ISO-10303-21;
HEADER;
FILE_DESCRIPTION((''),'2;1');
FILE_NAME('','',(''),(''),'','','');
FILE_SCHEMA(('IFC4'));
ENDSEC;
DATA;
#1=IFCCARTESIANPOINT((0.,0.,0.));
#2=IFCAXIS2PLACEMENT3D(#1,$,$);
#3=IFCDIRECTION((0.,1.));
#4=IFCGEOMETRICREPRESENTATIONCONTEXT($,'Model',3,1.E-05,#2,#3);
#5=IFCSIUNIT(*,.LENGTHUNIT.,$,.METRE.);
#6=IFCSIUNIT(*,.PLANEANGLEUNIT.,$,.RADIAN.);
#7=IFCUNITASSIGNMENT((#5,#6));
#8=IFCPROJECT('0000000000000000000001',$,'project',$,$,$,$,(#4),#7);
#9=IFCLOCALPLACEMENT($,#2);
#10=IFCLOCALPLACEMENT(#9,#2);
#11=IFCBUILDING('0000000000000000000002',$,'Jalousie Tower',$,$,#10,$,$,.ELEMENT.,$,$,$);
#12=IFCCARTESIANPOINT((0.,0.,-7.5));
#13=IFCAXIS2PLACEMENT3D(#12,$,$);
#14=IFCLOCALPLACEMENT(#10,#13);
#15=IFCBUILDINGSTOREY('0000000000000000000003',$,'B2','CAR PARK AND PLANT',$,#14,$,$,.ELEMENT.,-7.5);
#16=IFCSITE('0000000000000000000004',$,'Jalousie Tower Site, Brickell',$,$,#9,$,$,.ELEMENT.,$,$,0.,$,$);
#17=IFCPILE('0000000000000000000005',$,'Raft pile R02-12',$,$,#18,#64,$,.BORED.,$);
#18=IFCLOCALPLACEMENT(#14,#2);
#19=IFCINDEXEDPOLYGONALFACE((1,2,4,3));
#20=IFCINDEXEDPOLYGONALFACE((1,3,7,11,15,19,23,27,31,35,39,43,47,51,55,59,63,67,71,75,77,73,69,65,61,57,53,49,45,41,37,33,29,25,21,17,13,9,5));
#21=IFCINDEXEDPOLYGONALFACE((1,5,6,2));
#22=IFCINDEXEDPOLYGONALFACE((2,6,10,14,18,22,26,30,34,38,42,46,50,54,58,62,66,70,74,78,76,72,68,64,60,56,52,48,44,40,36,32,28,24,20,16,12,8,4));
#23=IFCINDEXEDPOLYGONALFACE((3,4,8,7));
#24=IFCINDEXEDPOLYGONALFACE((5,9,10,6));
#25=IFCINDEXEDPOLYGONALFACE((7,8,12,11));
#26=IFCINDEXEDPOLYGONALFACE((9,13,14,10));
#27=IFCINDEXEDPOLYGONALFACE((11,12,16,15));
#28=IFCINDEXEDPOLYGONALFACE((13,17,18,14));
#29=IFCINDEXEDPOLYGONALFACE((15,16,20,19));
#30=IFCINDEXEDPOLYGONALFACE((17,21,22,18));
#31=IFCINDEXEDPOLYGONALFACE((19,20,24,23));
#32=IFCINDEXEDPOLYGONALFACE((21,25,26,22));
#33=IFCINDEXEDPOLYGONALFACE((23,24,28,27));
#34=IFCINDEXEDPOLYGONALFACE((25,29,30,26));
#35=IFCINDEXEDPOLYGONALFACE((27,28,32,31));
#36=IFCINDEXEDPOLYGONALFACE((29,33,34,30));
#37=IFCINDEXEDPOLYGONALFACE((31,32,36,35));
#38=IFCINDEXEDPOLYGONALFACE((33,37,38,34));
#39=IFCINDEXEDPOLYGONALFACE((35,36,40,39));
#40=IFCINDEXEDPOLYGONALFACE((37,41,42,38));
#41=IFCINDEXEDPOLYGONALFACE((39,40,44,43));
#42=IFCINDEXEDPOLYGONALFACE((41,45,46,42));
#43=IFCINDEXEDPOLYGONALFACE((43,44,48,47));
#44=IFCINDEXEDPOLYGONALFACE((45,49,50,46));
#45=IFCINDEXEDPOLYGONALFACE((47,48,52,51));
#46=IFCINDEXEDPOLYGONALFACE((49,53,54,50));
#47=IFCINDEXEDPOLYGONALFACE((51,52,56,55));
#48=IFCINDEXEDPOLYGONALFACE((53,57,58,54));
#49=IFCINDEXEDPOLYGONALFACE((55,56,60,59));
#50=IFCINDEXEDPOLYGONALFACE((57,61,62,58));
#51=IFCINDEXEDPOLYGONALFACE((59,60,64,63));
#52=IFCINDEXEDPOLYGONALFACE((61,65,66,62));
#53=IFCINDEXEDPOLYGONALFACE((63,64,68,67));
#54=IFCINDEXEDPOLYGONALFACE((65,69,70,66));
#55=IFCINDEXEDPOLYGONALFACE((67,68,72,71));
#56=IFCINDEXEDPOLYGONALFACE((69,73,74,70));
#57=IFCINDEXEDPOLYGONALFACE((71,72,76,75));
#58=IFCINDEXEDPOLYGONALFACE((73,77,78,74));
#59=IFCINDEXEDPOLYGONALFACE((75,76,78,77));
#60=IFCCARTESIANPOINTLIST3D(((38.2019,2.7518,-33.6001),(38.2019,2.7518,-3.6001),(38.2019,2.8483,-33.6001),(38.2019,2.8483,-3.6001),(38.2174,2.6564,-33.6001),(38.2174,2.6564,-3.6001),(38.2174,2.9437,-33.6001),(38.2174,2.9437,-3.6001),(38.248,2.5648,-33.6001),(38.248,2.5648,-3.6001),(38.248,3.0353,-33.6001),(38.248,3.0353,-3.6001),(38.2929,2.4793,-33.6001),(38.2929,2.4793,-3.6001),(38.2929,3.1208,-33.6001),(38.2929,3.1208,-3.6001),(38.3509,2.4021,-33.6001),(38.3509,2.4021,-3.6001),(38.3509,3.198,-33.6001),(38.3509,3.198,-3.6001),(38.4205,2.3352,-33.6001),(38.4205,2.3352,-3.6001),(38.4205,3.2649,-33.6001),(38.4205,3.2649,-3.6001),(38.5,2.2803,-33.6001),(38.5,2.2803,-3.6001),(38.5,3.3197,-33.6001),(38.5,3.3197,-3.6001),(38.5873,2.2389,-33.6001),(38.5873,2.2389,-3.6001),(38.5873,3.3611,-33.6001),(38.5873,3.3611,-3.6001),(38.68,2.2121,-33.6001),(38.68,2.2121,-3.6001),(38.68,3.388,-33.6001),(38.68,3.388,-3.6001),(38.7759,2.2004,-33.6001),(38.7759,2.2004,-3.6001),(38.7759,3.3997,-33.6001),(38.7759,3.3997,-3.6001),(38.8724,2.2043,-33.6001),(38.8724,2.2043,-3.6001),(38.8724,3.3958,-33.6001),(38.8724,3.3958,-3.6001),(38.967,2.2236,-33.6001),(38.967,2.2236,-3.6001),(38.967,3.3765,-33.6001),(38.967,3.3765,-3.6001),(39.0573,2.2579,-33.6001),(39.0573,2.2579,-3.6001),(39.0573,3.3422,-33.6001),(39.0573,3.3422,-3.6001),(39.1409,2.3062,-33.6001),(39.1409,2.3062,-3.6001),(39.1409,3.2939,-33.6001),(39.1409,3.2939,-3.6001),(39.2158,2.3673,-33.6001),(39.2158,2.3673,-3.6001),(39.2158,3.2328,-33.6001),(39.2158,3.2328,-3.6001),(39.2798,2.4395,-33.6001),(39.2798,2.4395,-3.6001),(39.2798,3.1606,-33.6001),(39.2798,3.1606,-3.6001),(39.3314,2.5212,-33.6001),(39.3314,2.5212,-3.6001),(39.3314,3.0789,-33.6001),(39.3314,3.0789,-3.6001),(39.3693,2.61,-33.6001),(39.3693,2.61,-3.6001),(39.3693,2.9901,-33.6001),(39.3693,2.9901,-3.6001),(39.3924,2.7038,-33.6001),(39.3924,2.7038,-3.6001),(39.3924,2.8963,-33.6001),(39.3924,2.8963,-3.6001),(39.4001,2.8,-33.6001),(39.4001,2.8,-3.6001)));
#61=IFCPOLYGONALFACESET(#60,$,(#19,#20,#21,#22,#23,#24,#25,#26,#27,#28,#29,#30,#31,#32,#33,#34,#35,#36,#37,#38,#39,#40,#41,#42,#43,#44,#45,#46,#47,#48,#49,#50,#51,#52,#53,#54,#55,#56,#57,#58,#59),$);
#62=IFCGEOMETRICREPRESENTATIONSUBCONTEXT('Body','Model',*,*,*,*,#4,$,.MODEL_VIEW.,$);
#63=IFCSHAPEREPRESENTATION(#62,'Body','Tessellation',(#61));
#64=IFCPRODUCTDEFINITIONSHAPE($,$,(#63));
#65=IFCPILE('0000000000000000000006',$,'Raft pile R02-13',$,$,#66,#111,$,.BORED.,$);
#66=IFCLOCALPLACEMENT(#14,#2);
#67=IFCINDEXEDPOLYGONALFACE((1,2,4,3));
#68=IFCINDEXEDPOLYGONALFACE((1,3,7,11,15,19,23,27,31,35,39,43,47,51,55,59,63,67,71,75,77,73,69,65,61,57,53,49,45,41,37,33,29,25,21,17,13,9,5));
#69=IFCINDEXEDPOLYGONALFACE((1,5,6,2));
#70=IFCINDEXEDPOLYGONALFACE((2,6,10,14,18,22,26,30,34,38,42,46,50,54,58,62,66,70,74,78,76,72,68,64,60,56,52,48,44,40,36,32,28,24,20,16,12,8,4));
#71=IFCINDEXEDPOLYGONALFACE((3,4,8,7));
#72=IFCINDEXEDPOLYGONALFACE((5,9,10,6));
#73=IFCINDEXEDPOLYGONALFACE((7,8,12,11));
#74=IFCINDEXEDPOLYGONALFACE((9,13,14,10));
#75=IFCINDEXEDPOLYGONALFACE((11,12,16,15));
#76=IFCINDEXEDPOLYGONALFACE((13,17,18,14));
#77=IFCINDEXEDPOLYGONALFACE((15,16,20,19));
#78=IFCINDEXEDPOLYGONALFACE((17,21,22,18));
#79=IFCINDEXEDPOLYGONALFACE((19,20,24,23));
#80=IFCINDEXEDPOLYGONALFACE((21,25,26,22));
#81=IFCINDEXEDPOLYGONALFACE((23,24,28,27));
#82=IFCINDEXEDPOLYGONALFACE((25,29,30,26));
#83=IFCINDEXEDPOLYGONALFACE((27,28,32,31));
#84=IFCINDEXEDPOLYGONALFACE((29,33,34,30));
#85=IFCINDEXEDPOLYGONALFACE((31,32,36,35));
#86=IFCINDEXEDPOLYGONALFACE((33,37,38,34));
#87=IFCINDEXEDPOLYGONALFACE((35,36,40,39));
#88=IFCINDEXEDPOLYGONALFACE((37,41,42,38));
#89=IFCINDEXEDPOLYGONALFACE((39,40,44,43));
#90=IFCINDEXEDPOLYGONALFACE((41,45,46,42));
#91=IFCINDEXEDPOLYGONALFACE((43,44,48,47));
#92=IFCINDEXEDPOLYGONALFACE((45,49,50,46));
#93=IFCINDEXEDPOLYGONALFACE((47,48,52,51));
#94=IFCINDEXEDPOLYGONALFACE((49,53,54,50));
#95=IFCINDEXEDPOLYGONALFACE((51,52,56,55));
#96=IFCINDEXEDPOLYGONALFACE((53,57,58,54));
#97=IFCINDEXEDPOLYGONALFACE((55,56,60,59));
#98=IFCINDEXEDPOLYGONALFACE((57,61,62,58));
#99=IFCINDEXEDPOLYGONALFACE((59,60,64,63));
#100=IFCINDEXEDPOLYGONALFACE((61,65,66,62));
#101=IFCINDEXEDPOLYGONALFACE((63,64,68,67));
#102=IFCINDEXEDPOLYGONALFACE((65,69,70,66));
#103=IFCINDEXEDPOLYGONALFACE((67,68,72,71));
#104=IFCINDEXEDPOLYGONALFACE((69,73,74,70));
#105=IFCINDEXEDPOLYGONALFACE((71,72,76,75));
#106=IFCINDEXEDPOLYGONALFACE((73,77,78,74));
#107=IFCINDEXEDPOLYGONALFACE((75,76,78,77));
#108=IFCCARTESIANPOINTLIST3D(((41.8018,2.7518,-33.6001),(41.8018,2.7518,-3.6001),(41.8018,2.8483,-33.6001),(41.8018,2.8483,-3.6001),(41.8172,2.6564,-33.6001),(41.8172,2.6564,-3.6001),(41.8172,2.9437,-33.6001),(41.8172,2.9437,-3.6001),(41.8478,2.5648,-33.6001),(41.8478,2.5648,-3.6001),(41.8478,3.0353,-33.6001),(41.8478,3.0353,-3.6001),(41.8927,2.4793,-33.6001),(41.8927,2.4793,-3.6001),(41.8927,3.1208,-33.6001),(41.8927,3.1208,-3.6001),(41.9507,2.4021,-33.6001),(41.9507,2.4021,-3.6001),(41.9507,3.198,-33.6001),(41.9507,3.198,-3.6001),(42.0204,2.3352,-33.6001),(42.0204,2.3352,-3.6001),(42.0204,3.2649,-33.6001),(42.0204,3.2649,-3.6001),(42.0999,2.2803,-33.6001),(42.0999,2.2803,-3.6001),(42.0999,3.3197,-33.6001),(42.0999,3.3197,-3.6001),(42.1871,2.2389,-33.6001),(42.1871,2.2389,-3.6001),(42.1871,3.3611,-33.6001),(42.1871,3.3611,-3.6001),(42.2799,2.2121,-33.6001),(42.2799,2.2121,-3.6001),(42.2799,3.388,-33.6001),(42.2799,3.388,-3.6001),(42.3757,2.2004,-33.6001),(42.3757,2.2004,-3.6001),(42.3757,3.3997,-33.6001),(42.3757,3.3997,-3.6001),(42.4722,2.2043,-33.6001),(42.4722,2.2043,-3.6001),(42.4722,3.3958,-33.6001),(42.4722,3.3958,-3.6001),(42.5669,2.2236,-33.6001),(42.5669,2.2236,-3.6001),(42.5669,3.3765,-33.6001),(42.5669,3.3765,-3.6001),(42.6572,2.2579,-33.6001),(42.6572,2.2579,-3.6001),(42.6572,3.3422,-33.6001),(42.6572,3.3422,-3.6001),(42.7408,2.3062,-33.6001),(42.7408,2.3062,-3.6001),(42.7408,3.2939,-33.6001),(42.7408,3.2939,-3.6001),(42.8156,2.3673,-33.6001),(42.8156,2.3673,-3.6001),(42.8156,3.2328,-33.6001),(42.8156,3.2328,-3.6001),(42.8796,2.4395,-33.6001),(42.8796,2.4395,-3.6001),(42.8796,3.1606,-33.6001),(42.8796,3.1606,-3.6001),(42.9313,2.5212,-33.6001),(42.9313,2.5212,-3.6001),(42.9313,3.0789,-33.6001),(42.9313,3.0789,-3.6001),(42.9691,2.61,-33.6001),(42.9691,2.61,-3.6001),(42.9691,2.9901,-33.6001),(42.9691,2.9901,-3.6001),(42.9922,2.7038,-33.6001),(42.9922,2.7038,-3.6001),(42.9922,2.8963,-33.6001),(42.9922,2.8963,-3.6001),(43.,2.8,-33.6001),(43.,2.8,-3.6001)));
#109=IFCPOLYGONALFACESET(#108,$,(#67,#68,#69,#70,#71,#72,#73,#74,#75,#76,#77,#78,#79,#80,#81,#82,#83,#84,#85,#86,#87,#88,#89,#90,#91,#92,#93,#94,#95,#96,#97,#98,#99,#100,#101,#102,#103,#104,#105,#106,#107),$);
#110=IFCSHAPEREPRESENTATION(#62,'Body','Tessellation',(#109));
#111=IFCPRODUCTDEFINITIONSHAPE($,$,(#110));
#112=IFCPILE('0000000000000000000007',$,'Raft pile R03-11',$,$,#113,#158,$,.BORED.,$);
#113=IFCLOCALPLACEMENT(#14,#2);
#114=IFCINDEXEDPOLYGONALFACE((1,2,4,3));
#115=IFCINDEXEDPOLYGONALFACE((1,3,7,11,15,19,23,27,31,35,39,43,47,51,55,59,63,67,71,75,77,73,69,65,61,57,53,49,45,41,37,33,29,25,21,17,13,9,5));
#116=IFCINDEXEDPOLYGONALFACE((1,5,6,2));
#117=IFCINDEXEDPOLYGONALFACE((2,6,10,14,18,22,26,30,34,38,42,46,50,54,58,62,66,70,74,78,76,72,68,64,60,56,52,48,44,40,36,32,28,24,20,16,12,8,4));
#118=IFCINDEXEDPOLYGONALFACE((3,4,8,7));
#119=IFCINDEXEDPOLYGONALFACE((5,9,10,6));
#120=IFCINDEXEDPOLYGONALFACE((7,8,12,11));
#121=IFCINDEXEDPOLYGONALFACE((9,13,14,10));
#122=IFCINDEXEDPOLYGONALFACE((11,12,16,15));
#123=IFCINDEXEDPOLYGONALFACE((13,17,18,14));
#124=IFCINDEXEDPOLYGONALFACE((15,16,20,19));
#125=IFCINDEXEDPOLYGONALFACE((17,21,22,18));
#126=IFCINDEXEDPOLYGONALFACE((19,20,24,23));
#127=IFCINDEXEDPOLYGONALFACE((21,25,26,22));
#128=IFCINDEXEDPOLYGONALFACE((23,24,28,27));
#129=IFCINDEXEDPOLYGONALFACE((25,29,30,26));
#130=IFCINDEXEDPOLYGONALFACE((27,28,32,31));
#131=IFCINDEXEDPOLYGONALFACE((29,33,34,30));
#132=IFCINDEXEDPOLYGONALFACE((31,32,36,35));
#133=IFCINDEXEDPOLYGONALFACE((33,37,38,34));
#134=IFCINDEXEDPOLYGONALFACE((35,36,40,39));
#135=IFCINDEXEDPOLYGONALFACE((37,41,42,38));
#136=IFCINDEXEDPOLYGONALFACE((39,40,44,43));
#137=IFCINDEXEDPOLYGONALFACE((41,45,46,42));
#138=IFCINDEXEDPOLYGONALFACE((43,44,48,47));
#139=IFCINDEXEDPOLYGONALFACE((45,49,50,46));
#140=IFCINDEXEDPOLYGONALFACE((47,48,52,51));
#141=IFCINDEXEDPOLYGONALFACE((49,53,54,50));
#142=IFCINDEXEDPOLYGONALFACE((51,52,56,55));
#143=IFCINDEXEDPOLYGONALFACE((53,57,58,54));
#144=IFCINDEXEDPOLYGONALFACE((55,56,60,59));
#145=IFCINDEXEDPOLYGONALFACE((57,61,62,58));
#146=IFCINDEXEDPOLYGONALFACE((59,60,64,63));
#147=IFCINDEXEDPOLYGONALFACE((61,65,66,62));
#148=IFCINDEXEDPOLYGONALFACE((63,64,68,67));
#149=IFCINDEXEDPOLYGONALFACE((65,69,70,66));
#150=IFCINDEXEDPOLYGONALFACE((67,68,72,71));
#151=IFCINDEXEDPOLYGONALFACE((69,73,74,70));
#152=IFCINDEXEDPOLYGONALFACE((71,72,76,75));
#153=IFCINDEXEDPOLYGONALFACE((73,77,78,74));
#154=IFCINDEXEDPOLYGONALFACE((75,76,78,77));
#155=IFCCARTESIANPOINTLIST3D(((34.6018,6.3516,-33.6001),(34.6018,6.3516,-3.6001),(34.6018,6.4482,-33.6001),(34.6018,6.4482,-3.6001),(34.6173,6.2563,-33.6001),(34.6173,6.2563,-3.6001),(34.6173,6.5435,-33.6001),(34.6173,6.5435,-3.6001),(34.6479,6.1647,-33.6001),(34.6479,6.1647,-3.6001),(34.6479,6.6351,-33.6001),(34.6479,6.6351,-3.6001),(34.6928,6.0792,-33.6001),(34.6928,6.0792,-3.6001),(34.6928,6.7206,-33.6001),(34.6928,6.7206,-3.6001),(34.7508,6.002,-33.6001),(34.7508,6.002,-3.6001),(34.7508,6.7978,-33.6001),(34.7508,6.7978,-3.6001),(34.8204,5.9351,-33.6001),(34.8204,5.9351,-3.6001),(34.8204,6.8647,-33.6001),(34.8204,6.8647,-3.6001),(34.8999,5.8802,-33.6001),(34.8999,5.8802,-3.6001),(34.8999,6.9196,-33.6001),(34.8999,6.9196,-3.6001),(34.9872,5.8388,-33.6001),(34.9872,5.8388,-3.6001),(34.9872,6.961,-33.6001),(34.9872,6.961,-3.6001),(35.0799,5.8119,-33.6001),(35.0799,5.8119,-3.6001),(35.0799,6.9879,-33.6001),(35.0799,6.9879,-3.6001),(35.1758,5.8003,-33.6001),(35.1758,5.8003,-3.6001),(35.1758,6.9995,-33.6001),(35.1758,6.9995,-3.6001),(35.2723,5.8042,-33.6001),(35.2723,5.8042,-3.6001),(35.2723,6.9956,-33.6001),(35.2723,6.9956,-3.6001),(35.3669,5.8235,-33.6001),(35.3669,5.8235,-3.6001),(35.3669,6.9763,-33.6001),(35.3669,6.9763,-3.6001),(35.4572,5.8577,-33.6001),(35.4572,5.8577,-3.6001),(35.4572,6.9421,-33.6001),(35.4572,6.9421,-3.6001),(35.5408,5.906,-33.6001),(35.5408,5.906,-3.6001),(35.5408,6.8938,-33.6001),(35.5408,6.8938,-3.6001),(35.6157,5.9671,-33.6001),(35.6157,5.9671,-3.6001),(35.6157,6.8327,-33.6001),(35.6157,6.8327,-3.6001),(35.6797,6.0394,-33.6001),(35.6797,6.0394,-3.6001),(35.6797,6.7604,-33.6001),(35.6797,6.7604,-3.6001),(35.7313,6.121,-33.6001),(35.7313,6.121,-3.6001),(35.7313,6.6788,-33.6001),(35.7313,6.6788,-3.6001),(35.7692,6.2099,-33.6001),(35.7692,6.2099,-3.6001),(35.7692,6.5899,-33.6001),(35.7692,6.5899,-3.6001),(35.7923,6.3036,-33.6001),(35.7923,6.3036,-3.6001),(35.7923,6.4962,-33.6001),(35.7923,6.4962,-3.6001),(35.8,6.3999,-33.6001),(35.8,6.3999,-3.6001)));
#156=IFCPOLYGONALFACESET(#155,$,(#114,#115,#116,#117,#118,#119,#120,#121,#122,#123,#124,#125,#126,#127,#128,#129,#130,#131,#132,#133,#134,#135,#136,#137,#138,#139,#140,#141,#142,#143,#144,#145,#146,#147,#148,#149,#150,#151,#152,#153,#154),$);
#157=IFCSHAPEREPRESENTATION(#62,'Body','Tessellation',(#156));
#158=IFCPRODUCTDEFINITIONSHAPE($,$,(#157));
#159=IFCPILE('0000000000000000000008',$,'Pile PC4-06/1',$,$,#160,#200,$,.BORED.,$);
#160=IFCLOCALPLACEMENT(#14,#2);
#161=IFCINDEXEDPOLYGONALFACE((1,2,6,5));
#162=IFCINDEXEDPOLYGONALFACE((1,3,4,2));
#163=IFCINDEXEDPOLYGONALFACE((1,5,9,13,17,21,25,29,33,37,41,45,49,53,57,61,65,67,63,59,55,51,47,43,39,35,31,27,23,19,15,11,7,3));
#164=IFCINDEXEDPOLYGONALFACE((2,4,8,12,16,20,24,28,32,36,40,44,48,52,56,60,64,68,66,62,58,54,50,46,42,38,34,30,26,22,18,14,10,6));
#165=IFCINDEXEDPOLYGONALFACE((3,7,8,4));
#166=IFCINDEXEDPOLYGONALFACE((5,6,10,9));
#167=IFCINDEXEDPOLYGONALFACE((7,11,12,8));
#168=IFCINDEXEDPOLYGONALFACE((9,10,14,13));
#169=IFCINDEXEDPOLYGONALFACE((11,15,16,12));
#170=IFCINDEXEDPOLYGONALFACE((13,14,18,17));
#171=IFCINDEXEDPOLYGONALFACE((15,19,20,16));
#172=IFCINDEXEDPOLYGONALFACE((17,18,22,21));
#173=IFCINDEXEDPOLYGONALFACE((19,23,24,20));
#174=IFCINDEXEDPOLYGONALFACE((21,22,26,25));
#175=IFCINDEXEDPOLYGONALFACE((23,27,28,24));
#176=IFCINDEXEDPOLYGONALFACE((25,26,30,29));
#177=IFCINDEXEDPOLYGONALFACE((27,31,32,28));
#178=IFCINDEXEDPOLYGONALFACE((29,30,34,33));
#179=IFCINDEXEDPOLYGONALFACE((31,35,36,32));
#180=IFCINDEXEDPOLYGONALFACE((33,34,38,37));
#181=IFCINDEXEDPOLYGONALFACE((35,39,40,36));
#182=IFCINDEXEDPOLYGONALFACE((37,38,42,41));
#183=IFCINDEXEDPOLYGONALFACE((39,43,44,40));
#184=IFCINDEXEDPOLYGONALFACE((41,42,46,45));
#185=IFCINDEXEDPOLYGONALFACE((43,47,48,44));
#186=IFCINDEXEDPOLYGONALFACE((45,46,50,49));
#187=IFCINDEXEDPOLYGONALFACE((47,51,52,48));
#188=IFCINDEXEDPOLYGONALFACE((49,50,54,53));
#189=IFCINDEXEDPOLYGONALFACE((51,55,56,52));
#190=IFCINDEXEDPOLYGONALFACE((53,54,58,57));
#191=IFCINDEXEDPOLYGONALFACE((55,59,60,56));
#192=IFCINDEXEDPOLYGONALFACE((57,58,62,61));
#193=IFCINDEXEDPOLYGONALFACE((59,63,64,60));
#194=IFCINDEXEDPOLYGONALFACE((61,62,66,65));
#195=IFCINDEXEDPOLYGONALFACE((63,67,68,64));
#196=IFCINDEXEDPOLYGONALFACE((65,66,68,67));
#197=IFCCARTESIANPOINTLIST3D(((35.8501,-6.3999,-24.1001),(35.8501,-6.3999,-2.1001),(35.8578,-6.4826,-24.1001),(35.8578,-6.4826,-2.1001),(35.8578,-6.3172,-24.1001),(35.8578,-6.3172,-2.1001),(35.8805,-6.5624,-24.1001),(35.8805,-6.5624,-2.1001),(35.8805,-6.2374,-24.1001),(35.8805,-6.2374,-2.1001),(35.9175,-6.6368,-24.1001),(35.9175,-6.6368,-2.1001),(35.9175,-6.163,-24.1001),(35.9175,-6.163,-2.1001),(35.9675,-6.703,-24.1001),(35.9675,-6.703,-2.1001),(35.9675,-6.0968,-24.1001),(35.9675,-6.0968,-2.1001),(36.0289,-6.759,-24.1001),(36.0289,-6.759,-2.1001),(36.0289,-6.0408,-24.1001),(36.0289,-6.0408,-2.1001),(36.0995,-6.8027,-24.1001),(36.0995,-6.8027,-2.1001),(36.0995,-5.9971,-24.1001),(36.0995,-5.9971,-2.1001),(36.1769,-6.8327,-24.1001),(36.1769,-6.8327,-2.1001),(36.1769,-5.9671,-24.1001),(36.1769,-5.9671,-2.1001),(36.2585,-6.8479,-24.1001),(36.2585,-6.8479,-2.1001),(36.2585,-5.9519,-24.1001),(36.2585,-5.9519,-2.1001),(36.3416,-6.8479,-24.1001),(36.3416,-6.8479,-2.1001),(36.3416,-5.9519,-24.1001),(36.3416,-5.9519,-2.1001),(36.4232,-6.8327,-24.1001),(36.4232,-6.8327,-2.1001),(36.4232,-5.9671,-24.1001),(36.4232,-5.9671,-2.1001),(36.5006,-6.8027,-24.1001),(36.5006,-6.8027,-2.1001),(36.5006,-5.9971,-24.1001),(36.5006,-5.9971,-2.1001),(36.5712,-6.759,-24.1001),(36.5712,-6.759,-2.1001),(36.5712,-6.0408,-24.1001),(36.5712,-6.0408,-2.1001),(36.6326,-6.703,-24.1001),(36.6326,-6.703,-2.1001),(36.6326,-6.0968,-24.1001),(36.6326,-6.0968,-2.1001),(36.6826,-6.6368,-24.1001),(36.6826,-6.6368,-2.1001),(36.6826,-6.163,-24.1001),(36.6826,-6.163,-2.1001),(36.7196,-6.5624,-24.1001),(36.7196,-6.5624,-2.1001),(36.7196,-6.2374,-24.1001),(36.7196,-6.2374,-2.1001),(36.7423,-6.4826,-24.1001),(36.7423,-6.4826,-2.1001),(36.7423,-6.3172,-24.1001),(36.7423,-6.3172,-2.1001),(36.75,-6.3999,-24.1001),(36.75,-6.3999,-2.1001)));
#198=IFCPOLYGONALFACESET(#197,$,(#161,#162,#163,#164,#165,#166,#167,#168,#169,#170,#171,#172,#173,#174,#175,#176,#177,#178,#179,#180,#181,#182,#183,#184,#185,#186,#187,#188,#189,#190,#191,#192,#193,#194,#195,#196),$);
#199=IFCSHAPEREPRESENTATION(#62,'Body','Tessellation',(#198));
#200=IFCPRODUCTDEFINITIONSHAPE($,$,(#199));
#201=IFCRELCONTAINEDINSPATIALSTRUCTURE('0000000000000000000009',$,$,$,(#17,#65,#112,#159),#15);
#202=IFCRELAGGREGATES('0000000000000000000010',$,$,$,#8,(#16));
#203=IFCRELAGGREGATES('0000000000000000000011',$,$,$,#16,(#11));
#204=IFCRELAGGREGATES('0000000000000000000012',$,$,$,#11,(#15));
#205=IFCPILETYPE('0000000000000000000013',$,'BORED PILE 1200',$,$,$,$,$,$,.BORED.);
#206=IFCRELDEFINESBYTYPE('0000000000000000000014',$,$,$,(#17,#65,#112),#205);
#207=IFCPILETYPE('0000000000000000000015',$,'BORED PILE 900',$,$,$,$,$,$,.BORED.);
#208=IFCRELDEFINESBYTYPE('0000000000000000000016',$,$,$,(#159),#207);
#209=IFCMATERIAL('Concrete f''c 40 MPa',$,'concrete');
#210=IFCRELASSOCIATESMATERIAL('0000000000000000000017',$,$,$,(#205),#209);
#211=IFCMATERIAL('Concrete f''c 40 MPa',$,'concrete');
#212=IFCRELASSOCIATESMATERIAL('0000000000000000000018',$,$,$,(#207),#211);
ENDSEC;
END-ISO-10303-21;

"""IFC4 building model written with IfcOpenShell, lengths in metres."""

from ifc_helpers import new_model, si_unit, direction, frame, origin, origin_2d, place, context, subcontext, project, spatial, circle, extrude, material, material_profile, profile_set, type_object, element, save


model = new_model("IFC4")

# Units and contexts
model_context = context("Model", 3, precision=1e-05, world=origin(), true_north=direction((0.0, 1.0)))
body_context = subcontext(model_context, "Body", "Model", "MODEL_VIEW")
ifc_project = project(units=[si_unit("LENGTHUNIT", "METRE"), si_unit("PLANEANGLEUNIT", "RADIAN")], contexts=[model_context])

# Site, building, storey
site_placement = place(None, origin())
site = spatial("IfcSite", under=ifc_project, at=site_placement, Name="Jalousie Tower Site, Brickell", CompositionType="ELEMENT", RefElevation=0.0)
building_placement = place(site_placement, origin())
building = spatial("IfcBuilding", under=site, at=building_placement, Name="Jalousie Tower", CompositionType="ELEMENT")
storey_placement = place(building_placement, frame((0.0, 0.0, -7.5)))
storey = spatial("IfcBuildingStorey", under=building, at=storey_placement, Name="B2", Description="CAR PARK AND PLANT", CompositionType="ELEMENT", Elevation=-7.5)

# Piles
ifc_material_1 = material(Name="Concrete f'c 40 MPa", Category="concrete")
ifc_material_profile_1 = material_profile(ifc_material_1, circle(Radius=0.6001, at=origin_2d()), Name="BORED PILE D1200")
ifc_profile_set_1 = profile_set([ifc_material_profile_1], Name="Concrete f'c 40 MPa")
pile_type_1 = type_object("IfcPileType", Name="BORED PILE 1200", PredefinedType="BORED", material=ifc_profile_set_1)
for number, where, z_axis, x_axis, name in (
    (1, (38.8, 2.8, -3.6001), (0.0, 0.0, -1.0), (1.0, 0.0, 0.0), "Raft pile R02-12"),
    (2, (42.3999, 2.8, -3.6001), (0.0, 0.0, -1.0), (1.0, 0.0, 0.0), "Raft pile R02-13"),
    (3, (35.2, 6.3999, -3.6001), (0.0, 0.0, -1.0), (1.0, 0.0, 0.0), "Raft pile R03-11"),
):
    element("IfcPile", number, at=place(storey_placement, frame(where, z_axis=z_axis, x_axis=x_axis)), inside=storey, type_object=pile_type_1, Name=name, PredefinedType="BORED", context=body_context, shape_type="SweptSolid", body=[
        extrude(circle(Radius=0.6001, at=origin_2d()), origin(), (0.0, 0.0, 1.0), 30.0),
    ])
ifc_material_2 = material(Name="Concrete f'c 40 MPa", Category="concrete")
ifc_material_profile_2 = material_profile(ifc_material_2, circle(Radius=0.45, at=origin_2d()), Name="BORED PILE D900")
ifc_profile_set_2 = profile_set([ifc_material_profile_2], Name="Concrete f'c 40 MPa")
pile_type_2 = type_object("IfcPileType", Name="BORED PILE 900", PredefinedType="BORED", material=ifc_profile_set_2)
for number, where, z_axis, x_axis, name in (
    (4, (36.3, -6.3999, -2.1001), (0.0, 0.0, -1.0), (1.0, 0.0, 0.0), "Pile PC4-06/1"),
):
    element("IfcPile", number, at=place(storey_placement, frame(where, z_axis=z_axis, x_axis=x_axis)), inside=storey, type_object=pile_type_2, Name=name, PredefinedType="BORED", context=body_context, shape_type="SweptSolid", body=[
        extrude(circle(Radius=0.45, at=origin_2d()), origin(), (0.0, 0.0, 1.0), 22.0),
    ])

save(model, "model.ifc")
